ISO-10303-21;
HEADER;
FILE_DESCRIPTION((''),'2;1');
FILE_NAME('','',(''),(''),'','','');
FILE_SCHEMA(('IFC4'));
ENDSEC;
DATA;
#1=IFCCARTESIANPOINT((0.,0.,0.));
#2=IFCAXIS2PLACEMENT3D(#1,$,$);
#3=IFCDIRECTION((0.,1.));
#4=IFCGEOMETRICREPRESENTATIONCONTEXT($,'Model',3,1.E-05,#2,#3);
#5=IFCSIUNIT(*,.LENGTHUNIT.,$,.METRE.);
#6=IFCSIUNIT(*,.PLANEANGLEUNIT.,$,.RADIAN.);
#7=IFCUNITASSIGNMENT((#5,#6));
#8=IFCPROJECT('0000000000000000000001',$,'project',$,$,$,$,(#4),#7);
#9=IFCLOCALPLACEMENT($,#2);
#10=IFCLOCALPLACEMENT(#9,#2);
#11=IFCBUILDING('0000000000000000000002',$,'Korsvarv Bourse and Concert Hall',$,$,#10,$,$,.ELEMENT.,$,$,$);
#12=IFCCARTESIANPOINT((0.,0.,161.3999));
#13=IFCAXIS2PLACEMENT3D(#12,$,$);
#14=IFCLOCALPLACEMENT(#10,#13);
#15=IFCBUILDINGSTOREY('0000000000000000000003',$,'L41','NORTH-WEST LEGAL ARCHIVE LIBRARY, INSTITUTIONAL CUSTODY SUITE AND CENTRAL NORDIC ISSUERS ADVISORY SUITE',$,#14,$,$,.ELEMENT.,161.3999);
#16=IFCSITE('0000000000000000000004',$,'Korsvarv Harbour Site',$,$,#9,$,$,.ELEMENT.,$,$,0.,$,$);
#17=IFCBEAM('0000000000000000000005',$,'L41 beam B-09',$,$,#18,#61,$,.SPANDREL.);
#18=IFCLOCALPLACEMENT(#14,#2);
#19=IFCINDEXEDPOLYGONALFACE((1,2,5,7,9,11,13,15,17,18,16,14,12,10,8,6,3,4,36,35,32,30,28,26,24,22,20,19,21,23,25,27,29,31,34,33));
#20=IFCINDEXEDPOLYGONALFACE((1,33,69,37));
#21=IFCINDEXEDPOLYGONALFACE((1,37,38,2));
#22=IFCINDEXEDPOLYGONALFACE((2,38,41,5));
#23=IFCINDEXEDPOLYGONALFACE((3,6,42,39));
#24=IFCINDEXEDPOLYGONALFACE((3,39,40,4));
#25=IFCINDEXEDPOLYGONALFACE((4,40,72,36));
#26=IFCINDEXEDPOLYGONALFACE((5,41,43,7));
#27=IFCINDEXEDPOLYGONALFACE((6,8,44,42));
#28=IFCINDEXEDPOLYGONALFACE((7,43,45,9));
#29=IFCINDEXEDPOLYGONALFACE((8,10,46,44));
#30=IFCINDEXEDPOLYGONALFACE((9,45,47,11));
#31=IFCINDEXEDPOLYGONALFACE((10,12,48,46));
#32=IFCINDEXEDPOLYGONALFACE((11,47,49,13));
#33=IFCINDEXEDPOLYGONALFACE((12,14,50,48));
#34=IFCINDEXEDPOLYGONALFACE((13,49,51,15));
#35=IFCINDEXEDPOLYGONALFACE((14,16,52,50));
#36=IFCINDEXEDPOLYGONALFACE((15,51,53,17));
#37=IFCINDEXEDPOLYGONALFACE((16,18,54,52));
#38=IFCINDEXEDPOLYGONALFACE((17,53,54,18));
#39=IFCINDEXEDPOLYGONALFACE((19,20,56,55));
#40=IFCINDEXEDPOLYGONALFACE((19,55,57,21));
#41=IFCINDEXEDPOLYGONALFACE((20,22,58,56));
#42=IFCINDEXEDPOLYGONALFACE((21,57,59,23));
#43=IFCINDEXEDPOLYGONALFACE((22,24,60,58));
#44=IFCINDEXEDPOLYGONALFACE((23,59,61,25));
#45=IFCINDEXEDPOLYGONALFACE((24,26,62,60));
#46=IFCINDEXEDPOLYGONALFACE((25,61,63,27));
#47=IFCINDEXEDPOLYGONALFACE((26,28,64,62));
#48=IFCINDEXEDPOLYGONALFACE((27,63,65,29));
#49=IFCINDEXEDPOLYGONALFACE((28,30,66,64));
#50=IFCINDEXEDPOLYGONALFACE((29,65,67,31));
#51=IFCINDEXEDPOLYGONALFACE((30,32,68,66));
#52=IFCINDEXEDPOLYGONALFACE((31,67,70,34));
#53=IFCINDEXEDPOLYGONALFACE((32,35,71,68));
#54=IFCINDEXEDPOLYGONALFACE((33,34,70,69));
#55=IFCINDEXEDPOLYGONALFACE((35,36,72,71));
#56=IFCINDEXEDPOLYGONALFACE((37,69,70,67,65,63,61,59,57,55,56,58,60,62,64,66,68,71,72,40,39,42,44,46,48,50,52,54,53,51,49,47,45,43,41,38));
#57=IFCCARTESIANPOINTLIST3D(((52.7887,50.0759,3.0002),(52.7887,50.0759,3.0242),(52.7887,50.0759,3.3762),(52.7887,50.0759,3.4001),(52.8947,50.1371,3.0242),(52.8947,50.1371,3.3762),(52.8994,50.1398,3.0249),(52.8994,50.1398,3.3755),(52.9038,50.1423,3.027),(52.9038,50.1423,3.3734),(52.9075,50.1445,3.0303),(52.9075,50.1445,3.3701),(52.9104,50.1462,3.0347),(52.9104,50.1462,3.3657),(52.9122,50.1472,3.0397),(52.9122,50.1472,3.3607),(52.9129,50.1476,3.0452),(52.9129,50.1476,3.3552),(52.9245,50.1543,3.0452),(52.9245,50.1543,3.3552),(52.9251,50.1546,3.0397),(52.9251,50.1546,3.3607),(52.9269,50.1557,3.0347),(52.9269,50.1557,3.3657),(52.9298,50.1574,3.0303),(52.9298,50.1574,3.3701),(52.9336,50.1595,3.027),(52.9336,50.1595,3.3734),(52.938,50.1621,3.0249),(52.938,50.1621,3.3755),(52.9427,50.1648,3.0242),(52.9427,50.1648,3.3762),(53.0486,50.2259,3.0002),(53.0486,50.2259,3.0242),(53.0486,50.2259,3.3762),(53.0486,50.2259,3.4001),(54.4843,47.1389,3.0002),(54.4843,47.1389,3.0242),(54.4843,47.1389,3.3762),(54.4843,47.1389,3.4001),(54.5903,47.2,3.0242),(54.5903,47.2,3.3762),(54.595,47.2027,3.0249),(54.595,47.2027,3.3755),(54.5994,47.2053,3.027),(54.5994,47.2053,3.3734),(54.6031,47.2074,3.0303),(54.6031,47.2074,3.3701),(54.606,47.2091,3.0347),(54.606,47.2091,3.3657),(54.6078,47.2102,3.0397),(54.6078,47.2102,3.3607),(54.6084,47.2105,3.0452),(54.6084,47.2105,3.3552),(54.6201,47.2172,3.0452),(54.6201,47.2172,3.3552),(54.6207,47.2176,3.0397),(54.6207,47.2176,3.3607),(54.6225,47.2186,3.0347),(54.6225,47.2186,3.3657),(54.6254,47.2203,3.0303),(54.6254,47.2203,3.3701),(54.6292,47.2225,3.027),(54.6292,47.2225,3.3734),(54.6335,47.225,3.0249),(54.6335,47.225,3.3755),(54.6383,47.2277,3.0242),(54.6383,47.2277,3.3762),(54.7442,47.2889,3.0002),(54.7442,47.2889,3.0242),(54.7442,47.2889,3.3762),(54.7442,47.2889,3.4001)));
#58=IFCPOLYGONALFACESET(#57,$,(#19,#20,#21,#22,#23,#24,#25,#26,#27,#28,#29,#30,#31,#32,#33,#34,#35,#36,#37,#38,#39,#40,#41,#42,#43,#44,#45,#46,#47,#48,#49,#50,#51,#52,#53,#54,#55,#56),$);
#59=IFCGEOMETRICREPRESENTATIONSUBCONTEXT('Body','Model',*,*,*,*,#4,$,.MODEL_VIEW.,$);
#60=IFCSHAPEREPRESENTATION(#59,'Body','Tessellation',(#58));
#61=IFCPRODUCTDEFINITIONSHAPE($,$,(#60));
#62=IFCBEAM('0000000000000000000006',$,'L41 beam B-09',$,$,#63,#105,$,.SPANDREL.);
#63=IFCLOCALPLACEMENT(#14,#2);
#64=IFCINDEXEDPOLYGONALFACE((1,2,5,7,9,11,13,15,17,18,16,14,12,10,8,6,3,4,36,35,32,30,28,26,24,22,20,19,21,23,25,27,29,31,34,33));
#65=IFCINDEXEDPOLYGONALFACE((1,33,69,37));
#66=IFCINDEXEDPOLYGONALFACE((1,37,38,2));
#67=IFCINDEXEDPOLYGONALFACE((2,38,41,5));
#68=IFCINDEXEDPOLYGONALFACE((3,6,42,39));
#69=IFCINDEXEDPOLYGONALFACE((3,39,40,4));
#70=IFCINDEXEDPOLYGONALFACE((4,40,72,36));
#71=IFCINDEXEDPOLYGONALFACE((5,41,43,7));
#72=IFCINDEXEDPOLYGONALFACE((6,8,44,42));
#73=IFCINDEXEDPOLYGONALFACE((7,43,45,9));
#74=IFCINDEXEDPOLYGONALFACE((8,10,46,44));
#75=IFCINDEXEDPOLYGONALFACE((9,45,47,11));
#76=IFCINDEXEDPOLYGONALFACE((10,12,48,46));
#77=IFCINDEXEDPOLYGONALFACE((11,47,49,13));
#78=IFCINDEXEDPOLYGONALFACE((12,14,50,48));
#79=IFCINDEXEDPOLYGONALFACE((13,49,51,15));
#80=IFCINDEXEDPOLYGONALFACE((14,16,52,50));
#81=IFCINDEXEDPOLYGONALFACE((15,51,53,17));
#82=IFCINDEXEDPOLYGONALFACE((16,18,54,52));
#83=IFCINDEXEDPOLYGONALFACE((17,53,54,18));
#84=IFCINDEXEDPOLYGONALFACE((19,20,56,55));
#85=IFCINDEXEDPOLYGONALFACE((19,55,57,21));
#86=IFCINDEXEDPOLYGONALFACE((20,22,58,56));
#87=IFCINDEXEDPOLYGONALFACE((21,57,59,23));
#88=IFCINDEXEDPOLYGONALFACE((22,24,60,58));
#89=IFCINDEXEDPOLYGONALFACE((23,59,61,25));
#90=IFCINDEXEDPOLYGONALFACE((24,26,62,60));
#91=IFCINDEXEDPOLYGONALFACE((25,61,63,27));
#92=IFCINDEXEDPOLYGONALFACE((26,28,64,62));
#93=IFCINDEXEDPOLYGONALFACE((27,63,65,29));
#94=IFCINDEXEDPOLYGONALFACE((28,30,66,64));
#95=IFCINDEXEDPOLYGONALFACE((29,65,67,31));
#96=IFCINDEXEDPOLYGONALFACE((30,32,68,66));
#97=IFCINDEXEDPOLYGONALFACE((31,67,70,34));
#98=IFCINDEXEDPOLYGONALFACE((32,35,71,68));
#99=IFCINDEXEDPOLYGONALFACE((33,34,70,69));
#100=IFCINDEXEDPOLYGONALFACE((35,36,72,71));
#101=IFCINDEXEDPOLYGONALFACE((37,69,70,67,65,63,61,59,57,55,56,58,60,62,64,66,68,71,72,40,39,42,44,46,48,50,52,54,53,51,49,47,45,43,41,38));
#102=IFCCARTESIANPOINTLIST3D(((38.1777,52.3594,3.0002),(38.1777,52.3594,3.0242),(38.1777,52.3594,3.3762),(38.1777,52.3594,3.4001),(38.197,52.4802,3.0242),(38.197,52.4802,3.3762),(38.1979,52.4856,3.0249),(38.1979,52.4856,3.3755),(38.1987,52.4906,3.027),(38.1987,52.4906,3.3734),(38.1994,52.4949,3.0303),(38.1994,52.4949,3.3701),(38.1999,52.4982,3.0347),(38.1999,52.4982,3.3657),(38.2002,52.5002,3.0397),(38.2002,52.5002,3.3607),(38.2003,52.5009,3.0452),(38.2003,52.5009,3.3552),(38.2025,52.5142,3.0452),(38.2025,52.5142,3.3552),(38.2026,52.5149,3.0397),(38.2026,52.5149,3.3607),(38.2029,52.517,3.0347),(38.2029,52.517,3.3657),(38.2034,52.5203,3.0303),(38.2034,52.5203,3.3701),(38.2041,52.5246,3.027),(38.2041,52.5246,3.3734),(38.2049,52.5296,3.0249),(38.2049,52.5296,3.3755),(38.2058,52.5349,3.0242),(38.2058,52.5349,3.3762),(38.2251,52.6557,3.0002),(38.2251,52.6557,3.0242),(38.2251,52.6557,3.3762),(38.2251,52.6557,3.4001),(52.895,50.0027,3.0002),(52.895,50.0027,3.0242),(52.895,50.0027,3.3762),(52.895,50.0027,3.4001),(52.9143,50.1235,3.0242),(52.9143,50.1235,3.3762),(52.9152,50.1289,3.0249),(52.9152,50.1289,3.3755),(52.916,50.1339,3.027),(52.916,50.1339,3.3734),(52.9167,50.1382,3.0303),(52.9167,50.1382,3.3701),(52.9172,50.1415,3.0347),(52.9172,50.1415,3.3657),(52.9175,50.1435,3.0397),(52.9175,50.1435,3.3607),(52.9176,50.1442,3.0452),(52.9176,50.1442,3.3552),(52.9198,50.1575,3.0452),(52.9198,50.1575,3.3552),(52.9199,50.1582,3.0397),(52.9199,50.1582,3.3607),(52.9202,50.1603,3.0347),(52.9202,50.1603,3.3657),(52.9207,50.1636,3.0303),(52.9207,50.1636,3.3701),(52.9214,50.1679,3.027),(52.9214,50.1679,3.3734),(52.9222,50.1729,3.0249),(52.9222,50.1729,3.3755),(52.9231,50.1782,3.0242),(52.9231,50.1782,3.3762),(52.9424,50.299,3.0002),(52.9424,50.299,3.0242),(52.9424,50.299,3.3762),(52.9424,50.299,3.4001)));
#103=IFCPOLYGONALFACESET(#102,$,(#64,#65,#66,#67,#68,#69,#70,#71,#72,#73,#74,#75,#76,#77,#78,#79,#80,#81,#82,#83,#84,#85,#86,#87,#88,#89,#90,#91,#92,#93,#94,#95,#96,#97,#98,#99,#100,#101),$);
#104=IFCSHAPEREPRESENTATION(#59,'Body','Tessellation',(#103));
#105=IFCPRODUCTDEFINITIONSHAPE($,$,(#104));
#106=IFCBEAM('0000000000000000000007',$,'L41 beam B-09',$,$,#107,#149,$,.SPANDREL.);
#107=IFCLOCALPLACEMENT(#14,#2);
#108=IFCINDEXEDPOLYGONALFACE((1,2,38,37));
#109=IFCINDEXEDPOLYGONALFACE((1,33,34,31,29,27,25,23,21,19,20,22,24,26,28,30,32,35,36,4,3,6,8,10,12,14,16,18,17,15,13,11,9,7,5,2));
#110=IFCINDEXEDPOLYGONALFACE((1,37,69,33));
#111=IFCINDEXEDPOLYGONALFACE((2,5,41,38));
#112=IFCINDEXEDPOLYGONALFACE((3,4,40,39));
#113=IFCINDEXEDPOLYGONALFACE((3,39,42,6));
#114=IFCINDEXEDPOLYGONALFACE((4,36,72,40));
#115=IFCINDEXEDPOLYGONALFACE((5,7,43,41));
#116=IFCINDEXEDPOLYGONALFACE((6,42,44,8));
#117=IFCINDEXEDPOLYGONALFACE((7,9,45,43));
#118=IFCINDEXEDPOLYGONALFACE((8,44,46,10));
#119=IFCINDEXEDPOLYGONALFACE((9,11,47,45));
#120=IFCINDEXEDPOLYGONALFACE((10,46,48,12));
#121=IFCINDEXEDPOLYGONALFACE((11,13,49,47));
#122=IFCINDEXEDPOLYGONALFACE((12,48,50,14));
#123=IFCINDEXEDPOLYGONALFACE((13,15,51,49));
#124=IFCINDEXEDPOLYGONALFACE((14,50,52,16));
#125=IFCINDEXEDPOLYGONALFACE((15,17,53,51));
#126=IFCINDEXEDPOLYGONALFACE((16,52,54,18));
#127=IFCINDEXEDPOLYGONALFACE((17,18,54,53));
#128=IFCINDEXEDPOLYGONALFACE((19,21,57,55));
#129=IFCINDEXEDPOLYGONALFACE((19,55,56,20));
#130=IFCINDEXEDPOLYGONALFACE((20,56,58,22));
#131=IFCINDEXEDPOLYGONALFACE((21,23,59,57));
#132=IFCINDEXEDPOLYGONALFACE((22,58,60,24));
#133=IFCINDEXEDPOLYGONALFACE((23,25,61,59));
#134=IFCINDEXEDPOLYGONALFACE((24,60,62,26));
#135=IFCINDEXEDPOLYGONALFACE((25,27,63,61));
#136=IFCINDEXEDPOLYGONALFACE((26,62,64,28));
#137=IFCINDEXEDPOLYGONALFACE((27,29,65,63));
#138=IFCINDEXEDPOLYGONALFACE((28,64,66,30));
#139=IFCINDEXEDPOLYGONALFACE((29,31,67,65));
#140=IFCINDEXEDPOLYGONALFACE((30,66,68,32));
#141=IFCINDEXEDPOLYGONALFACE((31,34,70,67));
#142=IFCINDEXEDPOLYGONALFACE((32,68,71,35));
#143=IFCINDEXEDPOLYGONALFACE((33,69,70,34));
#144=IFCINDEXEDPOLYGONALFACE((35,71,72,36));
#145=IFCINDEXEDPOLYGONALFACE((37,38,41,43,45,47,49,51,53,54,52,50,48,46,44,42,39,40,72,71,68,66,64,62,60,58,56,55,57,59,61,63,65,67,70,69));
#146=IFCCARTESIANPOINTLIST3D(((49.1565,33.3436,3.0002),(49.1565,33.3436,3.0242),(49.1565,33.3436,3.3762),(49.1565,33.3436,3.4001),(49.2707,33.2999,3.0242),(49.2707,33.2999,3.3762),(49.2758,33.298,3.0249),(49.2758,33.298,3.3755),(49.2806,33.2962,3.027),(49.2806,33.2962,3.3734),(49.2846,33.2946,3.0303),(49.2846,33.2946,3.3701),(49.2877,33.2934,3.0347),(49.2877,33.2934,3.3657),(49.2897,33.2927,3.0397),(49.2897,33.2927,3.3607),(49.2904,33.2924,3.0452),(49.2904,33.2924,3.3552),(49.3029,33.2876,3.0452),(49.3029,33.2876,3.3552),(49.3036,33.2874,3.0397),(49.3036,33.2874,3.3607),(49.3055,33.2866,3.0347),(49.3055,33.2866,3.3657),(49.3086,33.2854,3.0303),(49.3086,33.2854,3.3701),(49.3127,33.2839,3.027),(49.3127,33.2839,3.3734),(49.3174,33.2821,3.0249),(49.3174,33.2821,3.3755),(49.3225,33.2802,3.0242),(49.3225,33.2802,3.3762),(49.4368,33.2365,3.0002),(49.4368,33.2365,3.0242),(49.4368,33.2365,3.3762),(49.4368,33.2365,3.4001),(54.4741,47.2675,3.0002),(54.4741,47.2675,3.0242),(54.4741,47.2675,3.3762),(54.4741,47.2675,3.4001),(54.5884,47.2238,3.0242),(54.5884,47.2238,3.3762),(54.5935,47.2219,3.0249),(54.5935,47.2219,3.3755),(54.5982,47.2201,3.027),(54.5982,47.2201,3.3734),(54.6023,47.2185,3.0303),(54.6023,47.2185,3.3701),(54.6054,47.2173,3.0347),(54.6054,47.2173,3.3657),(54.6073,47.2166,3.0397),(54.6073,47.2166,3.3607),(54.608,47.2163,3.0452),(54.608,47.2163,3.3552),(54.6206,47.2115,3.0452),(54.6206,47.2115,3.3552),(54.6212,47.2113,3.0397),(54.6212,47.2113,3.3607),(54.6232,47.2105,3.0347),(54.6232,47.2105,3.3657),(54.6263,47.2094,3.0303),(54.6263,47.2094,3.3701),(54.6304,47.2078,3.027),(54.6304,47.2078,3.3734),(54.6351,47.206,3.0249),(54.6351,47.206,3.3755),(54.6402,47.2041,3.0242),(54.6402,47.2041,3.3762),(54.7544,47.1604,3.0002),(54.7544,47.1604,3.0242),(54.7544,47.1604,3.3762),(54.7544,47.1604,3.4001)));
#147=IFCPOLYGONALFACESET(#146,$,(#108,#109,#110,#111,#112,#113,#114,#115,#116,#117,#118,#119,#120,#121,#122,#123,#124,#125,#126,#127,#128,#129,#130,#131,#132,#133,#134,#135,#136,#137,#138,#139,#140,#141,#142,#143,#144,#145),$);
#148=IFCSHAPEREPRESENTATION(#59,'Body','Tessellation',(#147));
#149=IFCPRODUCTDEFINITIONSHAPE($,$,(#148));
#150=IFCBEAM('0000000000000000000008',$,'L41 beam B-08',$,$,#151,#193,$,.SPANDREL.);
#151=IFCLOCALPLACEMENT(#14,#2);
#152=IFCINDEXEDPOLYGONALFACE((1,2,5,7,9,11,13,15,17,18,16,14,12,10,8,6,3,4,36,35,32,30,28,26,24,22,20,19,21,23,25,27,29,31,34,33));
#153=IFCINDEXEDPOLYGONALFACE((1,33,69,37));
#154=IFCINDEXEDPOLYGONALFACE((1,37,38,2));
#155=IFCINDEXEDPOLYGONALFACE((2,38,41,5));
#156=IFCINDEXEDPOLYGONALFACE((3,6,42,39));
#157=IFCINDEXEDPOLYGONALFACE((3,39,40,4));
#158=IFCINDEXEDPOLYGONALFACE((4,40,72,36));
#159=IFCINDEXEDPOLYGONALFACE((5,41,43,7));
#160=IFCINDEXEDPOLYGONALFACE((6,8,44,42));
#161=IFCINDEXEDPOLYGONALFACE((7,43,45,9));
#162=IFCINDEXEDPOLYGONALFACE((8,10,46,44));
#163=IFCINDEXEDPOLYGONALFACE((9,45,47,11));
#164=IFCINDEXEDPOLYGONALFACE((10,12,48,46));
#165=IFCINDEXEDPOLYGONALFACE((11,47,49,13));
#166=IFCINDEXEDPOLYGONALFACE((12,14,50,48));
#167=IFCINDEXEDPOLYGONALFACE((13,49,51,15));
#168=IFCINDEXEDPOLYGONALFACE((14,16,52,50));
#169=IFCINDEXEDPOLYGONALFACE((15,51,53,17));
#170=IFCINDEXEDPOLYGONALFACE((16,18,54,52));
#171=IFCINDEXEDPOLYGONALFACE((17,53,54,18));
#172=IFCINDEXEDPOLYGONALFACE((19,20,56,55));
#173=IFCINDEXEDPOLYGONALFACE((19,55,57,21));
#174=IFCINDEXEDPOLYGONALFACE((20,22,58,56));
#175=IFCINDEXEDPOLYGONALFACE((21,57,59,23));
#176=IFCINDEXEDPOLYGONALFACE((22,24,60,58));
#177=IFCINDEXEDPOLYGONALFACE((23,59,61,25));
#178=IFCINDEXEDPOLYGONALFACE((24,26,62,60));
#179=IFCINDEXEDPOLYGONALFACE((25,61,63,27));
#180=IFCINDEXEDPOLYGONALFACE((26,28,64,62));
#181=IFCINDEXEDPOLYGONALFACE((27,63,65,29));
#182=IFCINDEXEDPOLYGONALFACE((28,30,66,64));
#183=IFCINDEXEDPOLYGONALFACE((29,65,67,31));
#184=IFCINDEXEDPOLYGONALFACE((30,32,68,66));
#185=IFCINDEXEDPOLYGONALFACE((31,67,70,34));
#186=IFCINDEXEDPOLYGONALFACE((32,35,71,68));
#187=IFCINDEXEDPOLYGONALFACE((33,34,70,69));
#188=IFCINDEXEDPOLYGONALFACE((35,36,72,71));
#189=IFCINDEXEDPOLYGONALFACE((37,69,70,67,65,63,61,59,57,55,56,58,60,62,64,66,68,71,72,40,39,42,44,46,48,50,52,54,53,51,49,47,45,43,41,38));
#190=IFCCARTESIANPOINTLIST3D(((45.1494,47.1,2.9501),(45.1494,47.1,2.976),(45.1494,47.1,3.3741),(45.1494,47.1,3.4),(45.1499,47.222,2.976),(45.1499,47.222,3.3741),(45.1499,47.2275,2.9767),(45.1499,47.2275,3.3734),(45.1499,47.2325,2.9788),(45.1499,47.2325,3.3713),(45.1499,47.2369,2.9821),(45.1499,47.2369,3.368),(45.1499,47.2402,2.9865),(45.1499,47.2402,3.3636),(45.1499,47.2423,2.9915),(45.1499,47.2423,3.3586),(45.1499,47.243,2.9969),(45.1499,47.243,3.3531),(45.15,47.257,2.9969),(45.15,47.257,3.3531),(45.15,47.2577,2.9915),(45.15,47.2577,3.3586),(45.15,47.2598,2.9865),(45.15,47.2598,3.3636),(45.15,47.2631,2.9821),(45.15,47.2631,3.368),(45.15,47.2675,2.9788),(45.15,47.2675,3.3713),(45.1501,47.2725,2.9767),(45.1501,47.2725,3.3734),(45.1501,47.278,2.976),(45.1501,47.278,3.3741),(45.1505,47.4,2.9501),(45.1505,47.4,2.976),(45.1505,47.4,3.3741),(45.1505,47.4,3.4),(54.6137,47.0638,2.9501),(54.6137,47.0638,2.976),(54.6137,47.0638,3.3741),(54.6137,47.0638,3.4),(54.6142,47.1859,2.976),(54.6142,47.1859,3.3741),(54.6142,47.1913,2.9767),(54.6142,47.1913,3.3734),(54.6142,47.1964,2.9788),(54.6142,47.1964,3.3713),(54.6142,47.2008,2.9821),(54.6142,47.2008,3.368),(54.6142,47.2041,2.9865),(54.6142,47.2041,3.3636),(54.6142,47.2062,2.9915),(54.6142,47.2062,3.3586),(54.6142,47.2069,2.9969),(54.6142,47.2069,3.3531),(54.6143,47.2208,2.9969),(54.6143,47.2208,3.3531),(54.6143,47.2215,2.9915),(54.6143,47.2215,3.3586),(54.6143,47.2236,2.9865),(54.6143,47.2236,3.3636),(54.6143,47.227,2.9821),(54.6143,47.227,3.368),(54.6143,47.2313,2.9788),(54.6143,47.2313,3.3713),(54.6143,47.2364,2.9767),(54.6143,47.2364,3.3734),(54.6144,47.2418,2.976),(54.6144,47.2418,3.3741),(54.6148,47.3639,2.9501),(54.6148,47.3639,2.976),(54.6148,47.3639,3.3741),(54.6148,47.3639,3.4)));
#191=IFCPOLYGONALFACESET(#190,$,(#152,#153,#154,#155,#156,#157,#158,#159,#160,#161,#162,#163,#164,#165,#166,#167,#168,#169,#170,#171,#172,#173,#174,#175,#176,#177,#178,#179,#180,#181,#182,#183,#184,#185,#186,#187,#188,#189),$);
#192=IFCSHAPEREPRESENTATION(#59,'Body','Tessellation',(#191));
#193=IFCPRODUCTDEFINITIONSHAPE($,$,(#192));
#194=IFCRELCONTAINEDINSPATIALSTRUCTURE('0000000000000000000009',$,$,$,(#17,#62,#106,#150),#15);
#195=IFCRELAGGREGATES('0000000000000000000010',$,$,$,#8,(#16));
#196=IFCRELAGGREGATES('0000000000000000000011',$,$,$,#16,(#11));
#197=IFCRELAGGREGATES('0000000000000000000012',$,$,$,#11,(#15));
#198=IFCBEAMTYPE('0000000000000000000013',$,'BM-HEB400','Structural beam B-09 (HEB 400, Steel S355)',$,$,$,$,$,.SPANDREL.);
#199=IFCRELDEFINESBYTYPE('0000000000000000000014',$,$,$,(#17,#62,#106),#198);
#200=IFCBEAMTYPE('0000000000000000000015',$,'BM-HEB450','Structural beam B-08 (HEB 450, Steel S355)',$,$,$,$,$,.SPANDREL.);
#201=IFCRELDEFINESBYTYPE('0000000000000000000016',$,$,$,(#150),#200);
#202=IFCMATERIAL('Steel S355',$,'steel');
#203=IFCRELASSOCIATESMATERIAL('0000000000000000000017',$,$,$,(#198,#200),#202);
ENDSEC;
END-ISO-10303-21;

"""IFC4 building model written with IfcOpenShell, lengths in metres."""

from ifc_helpers import new_model, si_unit, direction, frame, origin, origin_2d, place, context, subcontext, project, spatial, i_section, extrude, source, transform, mapped, material, material_profile, profile_set, type_object, element, save


model = new_model("IFC4")

# Units and contexts
model_context = context("Model", 3, precision=1e-05, world=origin(), true_north=direction((0.0, 1.0)))
body_context = subcontext(model_context, "Body", "Model", "MODEL_VIEW")
ifc_project = project(units=[si_unit("LENGTHUNIT", "METRE"), si_unit("PLANEANGLEUNIT", "RADIAN")], contexts=[model_context])

# Site, building, storey
site_placement = place(None, origin())
site = spatial("IfcSite", under=ifc_project, at=site_placement, Name="Korsvarv Harbour Site", CompositionType="ELEMENT", RefElevation=0.0)
building_placement = place(site_placement, origin())
building = spatial("IfcBuilding", under=site, at=building_placement, Name="Korsvarv Bourse and Concert Hall", CompositionType="ELEMENT")
storey_placement = place(building_placement, frame((0.0, 0.0, 161.3999)))
storey = spatial("IfcBuildingStorey", under=building, at=storey_placement, Name="L41", Description="NORTH-WEST LEGAL ARCHIVE LIBRARY, INSTITUTIONAL CUSTODY SUITE AND CENTRAL NORDIC ISSUERS ADVISORY SUITE", CompositionType="ELEMENT", Elevation=161.3999)

# Shared definitions
ifc_material_1 = material(Name="Steel S355", Category="steel")

# Beams
ifc_material_profile_1 = material_profile(ifc_material_1, i_section(OverallWidth=0.3, OverallDepth=0.3999, WebThickness=0.0134, FlangeThickness=0.0239, FilletRadius=0.021, at=origin_2d()), Name="HEB 400")
ifc_profile_set_1 = profile_set([ifc_material_profile_1], Name="Steel S355")
beam_type_1 = type_object("IfcBeamType", Name="BM-HEB400", Description="Structural beam B-09 (HEB 400, Steel S355)", PredefinedType="SPANDREL", material=ifc_profile_set_1)
shared_shape_1 = source(origin(), body_context, "Body", "SweptSolid", [
    extrude(i_section(OverallWidth=0.3, OverallDepth=0.3999, WebThickness=0.0134, FlangeThickness=0.0239, FilletRadius=0.021, at=origin_2d()), origin(), (0.0, 0.0, 1.0), 3.3914),
])
beam_1_placement = place(storey_placement, frame((54.6143, 47.2139, 3.2002), z_axis=(-0.499972, 0.866042, 0.0), x_axis=(-0.866042, -0.499972, 0.0)))
element("IfcBeam", 1, at=beam_1_placement, inside=storey, type_object=beam_type_1, Name="L41 beam B-09", PredefinedType="SPANDREL", context=body_context, shape_type="MappedRepresentation", body=[
    mapped(shared_shape_1, transform((0.0, 0.0, 0.0), scale=1.0)),
])
shared_shape_2 = source(origin(), body_context, "Body", "SweptSolid", [
    extrude(i_section(OverallWidth=0.3, OverallDepth=0.3999, WebThickness=0.0134, FlangeThickness=0.0239, FilletRadius=0.021, at=origin_2d()), origin(), (0.0, 0.0, 1.0), 14.9048),
])
for number, where, z_axis, x_axis, name in (
    (2, (52.9187, 50.1509, 3.2002), (-0.98742, 0.158116, 0.0), (-0.158116, -0.98742, 0.0), "L41 beam B-09"),
    (3, (49.2966, 33.29, 3.2002), (0.356775, 0.93419, 0.0), (-0.93419, 0.356775, 0.0), "L41 beam B-09"),
):
    element("IfcBeam", number, at=place(storey_placement, frame(where, z_axis=z_axis, x_axis=x_axis)), inside=storey, type_object=beam_type_1, Name=name, PredefinedType="SPANDREL", context=body_context, shape_type="MappedRepresentation", body=[
        mapped(shared_shape_2, transform((0.0, 0.0, 0.0), scale=1.0)),
    ])
ifc_material_profile_2 = material_profile(ifc_material_1, i_section(OverallWidth=0.3, OverallDepth=0.45, WebThickness=0.0139, FlangeThickness=0.0259, FilletRadius=0.021, at=origin_2d()), Name="HEB 450")
ifc_profile_set_2 = profile_set([ifc_material_profile_2], Name="Steel S355")
beam_type_2 = type_object("IfcBeamType", Name="BM-HEB450", Description="Structural beam B-08 (HEB 450, Steel S355)", PredefinedType="SPANDREL", material=ifc_profile_set_2)
shared_shape_3 = source(origin(), body_context, "Body", "SweptSolid", [
    extrude(i_section(OverallWidth=0.3, OverallDepth=0.45, WebThickness=0.0139, FlangeThickness=0.0259, FilletRadius=0.021, at=origin_2d()), origin(), (0.0, 0.0, 1.0), 9.4644),
])
beam_2_placement = place(storey_placement, frame((54.6143, 47.2139, 3.175), z_axis=(-0.999993, 0.003818, 0.0), x_axis=(-0.003818, -0.999993, 0.0)))
element("IfcBeam", 4, at=beam_2_placement, inside=storey, type_object=beam_type_2, Name="L41 beam B-08", PredefinedType="SPANDREL", context=body_context, shape_type="MappedRepresentation", body=[
    mapped(shared_shape_3, transform((0.0, 0.0, 0.0), scale=1.0)),
])

save(model, "model.ifc")
